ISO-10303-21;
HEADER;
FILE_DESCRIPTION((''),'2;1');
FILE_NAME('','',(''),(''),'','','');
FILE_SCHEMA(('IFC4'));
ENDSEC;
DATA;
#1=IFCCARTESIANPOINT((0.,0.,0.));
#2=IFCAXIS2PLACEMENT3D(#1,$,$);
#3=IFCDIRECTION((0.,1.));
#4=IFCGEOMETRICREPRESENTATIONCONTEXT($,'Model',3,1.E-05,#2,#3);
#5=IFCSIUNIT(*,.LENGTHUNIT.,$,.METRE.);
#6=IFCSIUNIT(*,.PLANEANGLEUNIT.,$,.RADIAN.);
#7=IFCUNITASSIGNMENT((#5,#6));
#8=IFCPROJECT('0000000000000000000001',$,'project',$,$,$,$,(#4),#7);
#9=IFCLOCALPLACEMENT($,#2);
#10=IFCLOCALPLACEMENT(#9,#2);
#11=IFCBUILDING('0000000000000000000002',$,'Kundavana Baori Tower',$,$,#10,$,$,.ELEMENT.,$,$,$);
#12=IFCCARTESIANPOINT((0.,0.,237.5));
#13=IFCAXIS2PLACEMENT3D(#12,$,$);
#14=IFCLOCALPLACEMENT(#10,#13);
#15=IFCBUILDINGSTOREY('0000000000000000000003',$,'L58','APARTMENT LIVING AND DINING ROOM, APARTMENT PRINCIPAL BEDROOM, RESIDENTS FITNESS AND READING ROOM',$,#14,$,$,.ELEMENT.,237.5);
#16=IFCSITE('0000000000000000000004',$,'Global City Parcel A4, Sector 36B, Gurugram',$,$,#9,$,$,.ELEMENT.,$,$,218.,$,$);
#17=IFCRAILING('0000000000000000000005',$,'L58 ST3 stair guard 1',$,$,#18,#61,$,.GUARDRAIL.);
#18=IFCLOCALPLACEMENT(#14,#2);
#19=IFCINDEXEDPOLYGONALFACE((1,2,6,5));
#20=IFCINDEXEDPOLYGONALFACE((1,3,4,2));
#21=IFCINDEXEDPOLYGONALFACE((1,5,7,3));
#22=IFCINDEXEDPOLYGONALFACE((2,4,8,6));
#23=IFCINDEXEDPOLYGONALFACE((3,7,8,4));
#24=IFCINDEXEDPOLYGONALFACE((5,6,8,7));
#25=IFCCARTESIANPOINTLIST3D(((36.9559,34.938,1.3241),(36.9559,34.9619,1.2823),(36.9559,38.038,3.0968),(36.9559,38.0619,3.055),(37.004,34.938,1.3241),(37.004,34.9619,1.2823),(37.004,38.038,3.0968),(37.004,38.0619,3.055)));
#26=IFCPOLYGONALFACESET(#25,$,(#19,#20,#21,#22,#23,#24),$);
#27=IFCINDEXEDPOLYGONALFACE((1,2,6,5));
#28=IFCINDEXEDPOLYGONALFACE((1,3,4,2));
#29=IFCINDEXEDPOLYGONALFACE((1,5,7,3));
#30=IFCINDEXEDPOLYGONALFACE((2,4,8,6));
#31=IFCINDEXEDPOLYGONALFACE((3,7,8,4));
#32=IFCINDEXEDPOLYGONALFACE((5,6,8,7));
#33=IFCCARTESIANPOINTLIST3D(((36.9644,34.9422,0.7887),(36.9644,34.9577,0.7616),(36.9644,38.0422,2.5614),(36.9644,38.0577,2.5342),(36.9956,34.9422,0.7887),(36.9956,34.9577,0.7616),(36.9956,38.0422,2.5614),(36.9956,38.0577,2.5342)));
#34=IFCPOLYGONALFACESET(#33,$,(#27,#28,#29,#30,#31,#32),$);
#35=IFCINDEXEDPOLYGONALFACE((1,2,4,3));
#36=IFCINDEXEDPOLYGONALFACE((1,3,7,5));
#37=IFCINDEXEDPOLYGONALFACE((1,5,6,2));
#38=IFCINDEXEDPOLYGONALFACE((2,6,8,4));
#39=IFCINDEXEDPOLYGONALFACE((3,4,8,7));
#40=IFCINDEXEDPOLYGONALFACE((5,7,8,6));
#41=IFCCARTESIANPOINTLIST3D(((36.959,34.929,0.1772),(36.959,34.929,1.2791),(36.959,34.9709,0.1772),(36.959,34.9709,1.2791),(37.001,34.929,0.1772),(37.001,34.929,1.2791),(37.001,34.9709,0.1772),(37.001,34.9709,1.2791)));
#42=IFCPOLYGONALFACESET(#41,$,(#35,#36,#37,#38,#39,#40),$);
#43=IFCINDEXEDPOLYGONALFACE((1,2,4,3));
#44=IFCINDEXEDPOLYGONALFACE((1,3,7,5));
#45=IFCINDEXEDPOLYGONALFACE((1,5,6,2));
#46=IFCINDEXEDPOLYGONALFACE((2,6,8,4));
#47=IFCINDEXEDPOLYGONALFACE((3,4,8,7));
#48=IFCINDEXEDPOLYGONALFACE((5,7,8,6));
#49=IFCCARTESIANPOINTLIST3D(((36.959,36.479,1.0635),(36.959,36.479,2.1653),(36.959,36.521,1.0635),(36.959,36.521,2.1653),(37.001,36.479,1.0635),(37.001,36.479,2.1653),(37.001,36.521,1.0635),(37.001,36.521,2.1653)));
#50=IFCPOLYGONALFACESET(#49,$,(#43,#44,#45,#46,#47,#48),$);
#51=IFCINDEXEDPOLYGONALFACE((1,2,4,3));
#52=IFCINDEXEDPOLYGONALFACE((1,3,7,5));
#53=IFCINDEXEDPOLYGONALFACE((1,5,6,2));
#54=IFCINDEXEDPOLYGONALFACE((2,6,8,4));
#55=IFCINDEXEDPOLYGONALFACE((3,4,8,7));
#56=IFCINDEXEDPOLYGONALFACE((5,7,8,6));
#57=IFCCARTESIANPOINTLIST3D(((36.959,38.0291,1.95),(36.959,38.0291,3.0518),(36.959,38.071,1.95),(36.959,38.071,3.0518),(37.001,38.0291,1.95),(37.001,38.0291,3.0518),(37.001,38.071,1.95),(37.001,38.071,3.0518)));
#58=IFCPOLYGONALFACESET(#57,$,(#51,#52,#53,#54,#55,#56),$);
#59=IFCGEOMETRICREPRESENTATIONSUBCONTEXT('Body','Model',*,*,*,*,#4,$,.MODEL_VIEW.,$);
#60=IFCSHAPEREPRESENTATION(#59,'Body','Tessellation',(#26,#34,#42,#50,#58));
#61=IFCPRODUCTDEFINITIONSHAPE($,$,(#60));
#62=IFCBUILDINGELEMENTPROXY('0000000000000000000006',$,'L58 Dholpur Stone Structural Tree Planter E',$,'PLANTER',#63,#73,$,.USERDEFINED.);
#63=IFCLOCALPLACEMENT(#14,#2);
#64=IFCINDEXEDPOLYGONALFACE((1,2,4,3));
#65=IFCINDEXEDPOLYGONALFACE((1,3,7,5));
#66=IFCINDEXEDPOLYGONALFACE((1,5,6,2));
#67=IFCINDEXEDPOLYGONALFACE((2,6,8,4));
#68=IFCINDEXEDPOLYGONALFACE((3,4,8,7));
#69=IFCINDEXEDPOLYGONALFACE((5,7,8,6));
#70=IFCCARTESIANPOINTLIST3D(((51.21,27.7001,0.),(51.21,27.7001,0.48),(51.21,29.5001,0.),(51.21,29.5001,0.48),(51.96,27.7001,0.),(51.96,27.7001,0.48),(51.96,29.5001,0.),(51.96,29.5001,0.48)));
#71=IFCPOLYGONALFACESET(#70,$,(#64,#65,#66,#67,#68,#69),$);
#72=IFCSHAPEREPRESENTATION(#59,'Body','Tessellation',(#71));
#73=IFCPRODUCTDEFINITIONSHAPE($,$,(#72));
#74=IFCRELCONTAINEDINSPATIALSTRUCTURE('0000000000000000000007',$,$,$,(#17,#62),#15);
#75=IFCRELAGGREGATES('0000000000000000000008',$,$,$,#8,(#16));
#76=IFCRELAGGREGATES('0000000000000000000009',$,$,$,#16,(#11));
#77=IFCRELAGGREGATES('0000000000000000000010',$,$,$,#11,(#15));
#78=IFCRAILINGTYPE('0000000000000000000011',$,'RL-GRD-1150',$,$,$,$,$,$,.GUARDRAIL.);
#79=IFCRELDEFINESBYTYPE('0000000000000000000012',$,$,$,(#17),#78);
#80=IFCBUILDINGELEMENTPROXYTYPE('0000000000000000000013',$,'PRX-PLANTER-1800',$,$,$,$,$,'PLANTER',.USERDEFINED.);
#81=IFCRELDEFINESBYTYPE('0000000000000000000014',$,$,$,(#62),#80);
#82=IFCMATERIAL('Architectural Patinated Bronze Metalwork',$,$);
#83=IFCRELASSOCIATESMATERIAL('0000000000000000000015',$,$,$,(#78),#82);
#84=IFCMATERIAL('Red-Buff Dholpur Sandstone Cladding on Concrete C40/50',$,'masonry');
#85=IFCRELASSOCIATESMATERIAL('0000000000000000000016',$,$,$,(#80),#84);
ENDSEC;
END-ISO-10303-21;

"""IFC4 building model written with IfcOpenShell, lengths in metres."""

from ifc_helpers import new_model, si_unit, direction, frame, origin, origin_2d, place, context, subcontext, project, spatial, rectangle, extrude, material, type_object, element, save


model = new_model("IFC4")

# Units and contexts
model_context = context("Model", 3, precision=1e-05, world=origin(), true_north=direction((0.0, 1.0)))
body_context = subcontext(model_context, "Body", "Model", "MODEL_VIEW")
ifc_project = project(units=[si_unit("LENGTHUNIT", "METRE"), si_unit("PLANEANGLEUNIT", "RADIAN")], contexts=[model_context])

# Site, building, storey
site_placement = place(None, origin())
site = spatial("IfcSite", under=ifc_project, at=site_placement, Name="Global City Parcel A4, Sector 36B, Gurugram", CompositionType="ELEMENT", RefElevation=218.0)
building_placement = place(site_placement, origin())
building = spatial("IfcBuilding", under=site, at=building_placement, Name="Kundavana Baori Tower", CompositionType="ELEMENT")
storey_placement = place(building_placement, frame((0.0, 0.0, 237.5)))
storey = spatial("IfcBuildingStorey", under=building, at=storey_placement, Name="L58", Description="APARTMENT LIVING AND DINING ROOM, APARTMENT PRINCIPAL BEDROOM, RESIDENTS FITNESS AND READING ROOM", CompositionType="ELEMENT", Elevation=237.5)

# Railing
ifc_material_1 = material(Name="Architectural Patinated Bronze Metalwork")
railing_type = type_object("IfcRailingType", Name="RL-GRD-1150", PredefinedType="GUARDRAIL", material=ifc_material_1)
railing_placement = place(storey_placement, frame((36.98, 34.95, 0.1772)))
element("IfcRailing", 1, at=railing_placement, inside=storey, type_object=railing_type, Name="L58 ST3 stair guard 1", PredefinedType="GUARDRAIL", context=body_context, shape_type="SweptSolid", body=[
    extrude(rectangle(XDim=0.0481, YDim=0.0481, at=origin_2d()), frame((0.0, 0.0, 1.126), z_axis=(0.0, 0.868096, 0.496397), x_axis=(-1.0, 0.0, 0.0)), (0.0, 0.0, 1.0), 3.571),
    extrude(rectangle(XDim=0.0312, YDim=0.0312, at=origin_2d()), frame((0.0, 0.0, 0.5979), z_axis=(0.0, 0.868096, 0.496397), x_axis=(-1.0, 0.0, 0.0)), (0.0, 0.0, 1.0), 3.571),
    extrude(rectangle(XDim=0.042, YDim=0.042, at=origin_2d()), origin(), (0.0, 0.0, 1.0), 1.1018),
    extrude(rectangle(XDim=0.042, YDim=0.042, at=origin_2d()), frame((0.0, 1.55, 0.8862)), (0.0, 0.0, 1.0), 1.1018),
    extrude(rectangle(XDim=0.042, YDim=0.042, at=origin_2d()), frame((0.0, 3.1001, 1.7727)), (0.0, 0.0, 1.0), 1.1018),
])

# Building element proxy
ifc_material_2 = material(Name="Red-Buff Dholpur Sandstone Cladding on Concrete C40/50", Category="masonry")
building_element_proxy_type = type_object("IfcBuildingElementProxyType", Name="PRX-PLANTER-1800", ElementType="PLANTER", PredefinedType="USERDEFINED", material=ifc_material_2)
proxy_placement = place(storey_placement, frame((51.585, 28.6001, 0.0), z_axis=(0.0, 0.0, 1.0), x_axis=(0.0, 1.0, 0.0)))
element("IfcBuildingElementProxy", 2, at=proxy_placement, inside=storey, type_object=building_element_proxy_type, Name="L58 Dholpur Stone Structural Tree Planter E", ObjectType="PLANTER", PredefinedType="USERDEFINED", context=body_context, shape_type="SweptSolid", body=[
    extrude(rectangle(XDim=1.8, YDim=0.75, at=origin_2d()), origin(), (0.0, 0.0, 1.0), 0.48),
])

save(model, "model.ifc")
